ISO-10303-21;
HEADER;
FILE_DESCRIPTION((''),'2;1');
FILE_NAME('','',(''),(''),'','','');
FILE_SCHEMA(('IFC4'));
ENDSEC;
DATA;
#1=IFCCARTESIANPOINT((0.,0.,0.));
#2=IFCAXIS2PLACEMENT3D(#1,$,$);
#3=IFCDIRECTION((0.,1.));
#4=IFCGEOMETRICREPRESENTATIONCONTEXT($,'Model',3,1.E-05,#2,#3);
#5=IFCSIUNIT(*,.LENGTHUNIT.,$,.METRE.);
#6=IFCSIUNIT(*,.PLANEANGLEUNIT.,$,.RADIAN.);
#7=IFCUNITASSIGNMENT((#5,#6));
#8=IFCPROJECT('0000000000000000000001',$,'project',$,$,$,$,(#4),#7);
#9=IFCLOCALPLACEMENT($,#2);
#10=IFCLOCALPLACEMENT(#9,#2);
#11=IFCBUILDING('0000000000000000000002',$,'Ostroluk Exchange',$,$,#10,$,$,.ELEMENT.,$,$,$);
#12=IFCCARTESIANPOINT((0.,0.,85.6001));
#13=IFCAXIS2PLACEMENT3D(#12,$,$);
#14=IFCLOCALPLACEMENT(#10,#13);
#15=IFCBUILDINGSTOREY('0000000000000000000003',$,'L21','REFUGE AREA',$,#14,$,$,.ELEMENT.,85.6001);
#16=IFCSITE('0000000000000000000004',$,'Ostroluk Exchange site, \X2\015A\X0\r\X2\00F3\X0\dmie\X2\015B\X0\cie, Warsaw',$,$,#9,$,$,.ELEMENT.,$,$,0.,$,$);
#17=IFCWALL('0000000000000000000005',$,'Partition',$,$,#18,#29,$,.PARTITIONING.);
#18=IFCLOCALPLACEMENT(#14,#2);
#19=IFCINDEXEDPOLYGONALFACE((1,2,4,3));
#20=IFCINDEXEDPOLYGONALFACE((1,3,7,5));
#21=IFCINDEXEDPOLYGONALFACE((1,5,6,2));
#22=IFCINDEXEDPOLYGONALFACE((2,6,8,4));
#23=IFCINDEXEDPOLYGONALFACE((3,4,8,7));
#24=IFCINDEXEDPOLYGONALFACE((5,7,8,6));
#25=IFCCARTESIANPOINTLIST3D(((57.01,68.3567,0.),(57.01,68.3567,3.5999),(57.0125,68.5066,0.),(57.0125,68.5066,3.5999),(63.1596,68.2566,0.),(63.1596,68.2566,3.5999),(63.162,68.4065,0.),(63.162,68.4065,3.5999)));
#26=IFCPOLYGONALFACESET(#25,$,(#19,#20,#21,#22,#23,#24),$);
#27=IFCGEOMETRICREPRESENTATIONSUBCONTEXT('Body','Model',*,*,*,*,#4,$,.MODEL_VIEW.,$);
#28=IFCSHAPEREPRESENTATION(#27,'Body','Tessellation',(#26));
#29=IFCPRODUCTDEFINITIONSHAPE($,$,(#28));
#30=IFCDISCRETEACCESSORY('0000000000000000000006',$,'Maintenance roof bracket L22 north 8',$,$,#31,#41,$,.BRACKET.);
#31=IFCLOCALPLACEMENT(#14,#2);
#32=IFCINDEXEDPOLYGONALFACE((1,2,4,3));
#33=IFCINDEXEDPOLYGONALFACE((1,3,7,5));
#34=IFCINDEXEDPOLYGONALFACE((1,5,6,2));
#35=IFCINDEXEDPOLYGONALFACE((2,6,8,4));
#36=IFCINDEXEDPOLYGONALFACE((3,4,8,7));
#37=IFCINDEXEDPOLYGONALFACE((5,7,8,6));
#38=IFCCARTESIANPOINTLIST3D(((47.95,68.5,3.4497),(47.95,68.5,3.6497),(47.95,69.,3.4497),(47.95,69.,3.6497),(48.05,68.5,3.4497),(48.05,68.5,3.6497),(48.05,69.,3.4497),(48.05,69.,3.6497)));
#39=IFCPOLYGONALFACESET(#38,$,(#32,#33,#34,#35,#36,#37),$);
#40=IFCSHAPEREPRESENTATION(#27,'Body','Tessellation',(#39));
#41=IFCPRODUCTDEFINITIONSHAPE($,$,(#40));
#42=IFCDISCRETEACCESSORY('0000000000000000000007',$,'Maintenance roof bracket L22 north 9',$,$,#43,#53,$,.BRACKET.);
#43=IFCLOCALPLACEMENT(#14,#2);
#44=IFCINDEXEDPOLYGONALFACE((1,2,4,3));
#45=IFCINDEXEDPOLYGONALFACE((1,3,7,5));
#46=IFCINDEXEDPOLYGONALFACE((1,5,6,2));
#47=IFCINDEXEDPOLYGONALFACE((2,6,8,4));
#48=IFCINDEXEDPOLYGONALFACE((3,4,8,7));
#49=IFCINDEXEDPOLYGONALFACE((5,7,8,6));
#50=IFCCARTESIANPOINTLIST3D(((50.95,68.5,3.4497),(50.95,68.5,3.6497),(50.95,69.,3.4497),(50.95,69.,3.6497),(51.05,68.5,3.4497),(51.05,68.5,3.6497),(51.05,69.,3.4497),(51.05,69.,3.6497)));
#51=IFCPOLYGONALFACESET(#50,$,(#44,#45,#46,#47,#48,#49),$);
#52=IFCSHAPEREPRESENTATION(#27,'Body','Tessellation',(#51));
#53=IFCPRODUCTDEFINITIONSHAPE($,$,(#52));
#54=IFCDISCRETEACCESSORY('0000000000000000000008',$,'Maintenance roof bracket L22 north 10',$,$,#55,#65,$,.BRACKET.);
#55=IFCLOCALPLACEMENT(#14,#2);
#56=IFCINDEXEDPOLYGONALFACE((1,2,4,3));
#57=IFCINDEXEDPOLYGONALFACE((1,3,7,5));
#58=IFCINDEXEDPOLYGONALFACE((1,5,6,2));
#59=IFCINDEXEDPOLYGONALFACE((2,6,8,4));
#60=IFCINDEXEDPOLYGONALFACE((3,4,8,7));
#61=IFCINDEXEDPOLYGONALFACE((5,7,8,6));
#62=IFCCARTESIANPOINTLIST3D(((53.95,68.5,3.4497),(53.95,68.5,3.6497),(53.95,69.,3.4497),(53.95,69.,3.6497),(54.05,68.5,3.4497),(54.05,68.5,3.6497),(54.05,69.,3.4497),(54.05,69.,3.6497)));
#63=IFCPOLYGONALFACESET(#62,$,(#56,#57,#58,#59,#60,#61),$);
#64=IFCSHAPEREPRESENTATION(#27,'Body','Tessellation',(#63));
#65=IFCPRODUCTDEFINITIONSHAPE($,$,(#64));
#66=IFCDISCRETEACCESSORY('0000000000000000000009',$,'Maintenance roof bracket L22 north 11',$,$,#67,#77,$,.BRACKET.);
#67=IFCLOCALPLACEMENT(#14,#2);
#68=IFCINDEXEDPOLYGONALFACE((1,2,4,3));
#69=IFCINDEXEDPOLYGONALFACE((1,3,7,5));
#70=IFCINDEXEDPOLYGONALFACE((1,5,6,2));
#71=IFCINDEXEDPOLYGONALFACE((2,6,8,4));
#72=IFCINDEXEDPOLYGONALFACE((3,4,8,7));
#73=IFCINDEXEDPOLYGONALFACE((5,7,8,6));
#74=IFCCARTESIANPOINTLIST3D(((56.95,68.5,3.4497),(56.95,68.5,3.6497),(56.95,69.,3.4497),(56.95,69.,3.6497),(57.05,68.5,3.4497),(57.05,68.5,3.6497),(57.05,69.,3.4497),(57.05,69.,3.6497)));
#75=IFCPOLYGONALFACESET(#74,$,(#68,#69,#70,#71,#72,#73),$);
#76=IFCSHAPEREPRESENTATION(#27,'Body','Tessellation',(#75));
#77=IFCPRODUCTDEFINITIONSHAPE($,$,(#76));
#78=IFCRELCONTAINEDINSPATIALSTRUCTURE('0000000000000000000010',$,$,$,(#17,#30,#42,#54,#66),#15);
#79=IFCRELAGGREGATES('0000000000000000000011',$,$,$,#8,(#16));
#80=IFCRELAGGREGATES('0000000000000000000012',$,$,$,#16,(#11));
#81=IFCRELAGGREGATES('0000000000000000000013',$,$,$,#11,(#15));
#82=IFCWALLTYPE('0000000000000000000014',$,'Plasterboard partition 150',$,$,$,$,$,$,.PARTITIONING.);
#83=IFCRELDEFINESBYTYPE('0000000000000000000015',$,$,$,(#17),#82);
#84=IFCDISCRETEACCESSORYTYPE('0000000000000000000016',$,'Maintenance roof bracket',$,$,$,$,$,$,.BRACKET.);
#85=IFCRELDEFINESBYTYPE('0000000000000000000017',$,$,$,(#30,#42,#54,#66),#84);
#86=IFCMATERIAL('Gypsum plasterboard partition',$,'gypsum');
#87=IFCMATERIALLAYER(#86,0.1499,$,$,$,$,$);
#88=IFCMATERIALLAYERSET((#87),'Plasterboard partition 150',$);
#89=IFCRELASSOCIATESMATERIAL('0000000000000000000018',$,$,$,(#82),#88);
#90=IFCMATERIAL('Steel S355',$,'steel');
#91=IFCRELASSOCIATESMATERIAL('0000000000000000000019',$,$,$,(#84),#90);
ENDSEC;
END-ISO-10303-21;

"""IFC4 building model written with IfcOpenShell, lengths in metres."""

from ifc_helpers import new_model, si_unit, direction, frame, frame_2d, origin, origin_2d, place, context, subcontext, project, spatial, rectangle, extrude, material, layer, layer_set, type_object, element, save


model = new_model("IFC4")

# Units and contexts
model_context = context("Model", 3, precision=1e-05, world=origin(), true_north=direction((0.0, 1.0)))
body_context = subcontext(model_context, "Body", "Model", "MODEL_VIEW")
ifc_project = project(units=[si_unit("LENGTHUNIT", "METRE"), si_unit("PLANEANGLEUNIT", "RADIAN")], contexts=[model_context])

# Site, building, storey
site_placement = place(None, origin())
site = spatial("IfcSite", under=ifc_project, at=site_placement, Name="Ostroluk Exchange site, Śródmieście, Warsaw", CompositionType="ELEMENT", RefElevation=0.0)
building_placement = place(site_placement, origin())
building = spatial("IfcBuilding", under=site, at=building_placement, Name="Ostroluk Exchange", CompositionType="ELEMENT")
storey_placement = place(building_placement, frame((0.0, 0.0, 85.6001)))
storey = spatial("IfcBuildingStorey", under=building, at=storey_placement, Name="L21", Description="REFUGE AREA", CompositionType="ELEMENT", Elevation=85.6001)

# Wall
ifc_material_1 = material(Name="Gypsum plasterboard partition", Category="gypsum")
ifc_layer_1 = layer(ifc_material_1, 0.1499)
ifc_layer_set_1 = layer_set([ifc_layer_1], Name="Plasterboard partition 150")
wall_type = type_object("IfcWallType", Name="Plasterboard partition 150", PredefinedType="PARTITIONING", material=ifc_layer_set_1)
wall_1_placement = place(storey_placement, frame((57.0112, 68.4316, 0.0), z_axis=(0.0, 0.0, 1.0), x_axis=(0.999868, -0.016275, 0.0)))
element("IfcWall", 1, at=wall_1_placement, inside=storey, type_object=wall_type, Name="Partition", PredefinedType="PARTITIONING", context=body_context, shape_type="SweptSolid", body=[
    extrude(rectangle(XDim=6.1504, YDim=0.1499, at=frame_2d((3.0752, 0.0))), origin(), (0.0, 0.0, 1.0), 3.5999),
])

# Discrete accessories
ifc_material_2 = material(Name="Steel S355", Category="steel")
discrete_accessory_type = type_object("IfcDiscreteAccessoryType", Name="Maintenance roof bracket", PredefinedType="BRACKET", material=ifc_material_2)
for number, where, z_axis, x_axis, name in (
    (2, (48.0, 68.75, 3.4497), (0.0, 0.0, 1.0), (1.0, 0.0, 0.0), "Maintenance roof bracket L22 north 8"),
    (3, (51.0, 68.75, 3.4497), (0.0, 0.0, 1.0), (1.0, 0.0, 0.0), "Maintenance roof bracket L22 north 9"),
    (4, (54.0, 68.75, 3.4497), (0.0, 0.0, 1.0), (1.0, 0.0, 0.0), "Maintenance roof bracket L22 north 10"),
    (5, (57.0, 68.75, 3.4497), (0.0, 0.0, 1.0), (1.0, 0.0, 0.0), "Maintenance roof bracket L22 north 11"),
):
    element("IfcDiscreteAccessory", number, at=place(storey_placement, frame(where, z_axis=z_axis, x_axis=x_axis)), inside=storey, type_object=discrete_accessory_type, Name=name, PredefinedType="BRACKET", context=body_context, shape_type="SweptSolid", body=[
        extrude(rectangle(XDim=0.1001, YDim=0.5, at=origin_2d()), origin(), (0.0, 0.0, 1.0), 0.2),
    ])

save(model, "model.ifc")
